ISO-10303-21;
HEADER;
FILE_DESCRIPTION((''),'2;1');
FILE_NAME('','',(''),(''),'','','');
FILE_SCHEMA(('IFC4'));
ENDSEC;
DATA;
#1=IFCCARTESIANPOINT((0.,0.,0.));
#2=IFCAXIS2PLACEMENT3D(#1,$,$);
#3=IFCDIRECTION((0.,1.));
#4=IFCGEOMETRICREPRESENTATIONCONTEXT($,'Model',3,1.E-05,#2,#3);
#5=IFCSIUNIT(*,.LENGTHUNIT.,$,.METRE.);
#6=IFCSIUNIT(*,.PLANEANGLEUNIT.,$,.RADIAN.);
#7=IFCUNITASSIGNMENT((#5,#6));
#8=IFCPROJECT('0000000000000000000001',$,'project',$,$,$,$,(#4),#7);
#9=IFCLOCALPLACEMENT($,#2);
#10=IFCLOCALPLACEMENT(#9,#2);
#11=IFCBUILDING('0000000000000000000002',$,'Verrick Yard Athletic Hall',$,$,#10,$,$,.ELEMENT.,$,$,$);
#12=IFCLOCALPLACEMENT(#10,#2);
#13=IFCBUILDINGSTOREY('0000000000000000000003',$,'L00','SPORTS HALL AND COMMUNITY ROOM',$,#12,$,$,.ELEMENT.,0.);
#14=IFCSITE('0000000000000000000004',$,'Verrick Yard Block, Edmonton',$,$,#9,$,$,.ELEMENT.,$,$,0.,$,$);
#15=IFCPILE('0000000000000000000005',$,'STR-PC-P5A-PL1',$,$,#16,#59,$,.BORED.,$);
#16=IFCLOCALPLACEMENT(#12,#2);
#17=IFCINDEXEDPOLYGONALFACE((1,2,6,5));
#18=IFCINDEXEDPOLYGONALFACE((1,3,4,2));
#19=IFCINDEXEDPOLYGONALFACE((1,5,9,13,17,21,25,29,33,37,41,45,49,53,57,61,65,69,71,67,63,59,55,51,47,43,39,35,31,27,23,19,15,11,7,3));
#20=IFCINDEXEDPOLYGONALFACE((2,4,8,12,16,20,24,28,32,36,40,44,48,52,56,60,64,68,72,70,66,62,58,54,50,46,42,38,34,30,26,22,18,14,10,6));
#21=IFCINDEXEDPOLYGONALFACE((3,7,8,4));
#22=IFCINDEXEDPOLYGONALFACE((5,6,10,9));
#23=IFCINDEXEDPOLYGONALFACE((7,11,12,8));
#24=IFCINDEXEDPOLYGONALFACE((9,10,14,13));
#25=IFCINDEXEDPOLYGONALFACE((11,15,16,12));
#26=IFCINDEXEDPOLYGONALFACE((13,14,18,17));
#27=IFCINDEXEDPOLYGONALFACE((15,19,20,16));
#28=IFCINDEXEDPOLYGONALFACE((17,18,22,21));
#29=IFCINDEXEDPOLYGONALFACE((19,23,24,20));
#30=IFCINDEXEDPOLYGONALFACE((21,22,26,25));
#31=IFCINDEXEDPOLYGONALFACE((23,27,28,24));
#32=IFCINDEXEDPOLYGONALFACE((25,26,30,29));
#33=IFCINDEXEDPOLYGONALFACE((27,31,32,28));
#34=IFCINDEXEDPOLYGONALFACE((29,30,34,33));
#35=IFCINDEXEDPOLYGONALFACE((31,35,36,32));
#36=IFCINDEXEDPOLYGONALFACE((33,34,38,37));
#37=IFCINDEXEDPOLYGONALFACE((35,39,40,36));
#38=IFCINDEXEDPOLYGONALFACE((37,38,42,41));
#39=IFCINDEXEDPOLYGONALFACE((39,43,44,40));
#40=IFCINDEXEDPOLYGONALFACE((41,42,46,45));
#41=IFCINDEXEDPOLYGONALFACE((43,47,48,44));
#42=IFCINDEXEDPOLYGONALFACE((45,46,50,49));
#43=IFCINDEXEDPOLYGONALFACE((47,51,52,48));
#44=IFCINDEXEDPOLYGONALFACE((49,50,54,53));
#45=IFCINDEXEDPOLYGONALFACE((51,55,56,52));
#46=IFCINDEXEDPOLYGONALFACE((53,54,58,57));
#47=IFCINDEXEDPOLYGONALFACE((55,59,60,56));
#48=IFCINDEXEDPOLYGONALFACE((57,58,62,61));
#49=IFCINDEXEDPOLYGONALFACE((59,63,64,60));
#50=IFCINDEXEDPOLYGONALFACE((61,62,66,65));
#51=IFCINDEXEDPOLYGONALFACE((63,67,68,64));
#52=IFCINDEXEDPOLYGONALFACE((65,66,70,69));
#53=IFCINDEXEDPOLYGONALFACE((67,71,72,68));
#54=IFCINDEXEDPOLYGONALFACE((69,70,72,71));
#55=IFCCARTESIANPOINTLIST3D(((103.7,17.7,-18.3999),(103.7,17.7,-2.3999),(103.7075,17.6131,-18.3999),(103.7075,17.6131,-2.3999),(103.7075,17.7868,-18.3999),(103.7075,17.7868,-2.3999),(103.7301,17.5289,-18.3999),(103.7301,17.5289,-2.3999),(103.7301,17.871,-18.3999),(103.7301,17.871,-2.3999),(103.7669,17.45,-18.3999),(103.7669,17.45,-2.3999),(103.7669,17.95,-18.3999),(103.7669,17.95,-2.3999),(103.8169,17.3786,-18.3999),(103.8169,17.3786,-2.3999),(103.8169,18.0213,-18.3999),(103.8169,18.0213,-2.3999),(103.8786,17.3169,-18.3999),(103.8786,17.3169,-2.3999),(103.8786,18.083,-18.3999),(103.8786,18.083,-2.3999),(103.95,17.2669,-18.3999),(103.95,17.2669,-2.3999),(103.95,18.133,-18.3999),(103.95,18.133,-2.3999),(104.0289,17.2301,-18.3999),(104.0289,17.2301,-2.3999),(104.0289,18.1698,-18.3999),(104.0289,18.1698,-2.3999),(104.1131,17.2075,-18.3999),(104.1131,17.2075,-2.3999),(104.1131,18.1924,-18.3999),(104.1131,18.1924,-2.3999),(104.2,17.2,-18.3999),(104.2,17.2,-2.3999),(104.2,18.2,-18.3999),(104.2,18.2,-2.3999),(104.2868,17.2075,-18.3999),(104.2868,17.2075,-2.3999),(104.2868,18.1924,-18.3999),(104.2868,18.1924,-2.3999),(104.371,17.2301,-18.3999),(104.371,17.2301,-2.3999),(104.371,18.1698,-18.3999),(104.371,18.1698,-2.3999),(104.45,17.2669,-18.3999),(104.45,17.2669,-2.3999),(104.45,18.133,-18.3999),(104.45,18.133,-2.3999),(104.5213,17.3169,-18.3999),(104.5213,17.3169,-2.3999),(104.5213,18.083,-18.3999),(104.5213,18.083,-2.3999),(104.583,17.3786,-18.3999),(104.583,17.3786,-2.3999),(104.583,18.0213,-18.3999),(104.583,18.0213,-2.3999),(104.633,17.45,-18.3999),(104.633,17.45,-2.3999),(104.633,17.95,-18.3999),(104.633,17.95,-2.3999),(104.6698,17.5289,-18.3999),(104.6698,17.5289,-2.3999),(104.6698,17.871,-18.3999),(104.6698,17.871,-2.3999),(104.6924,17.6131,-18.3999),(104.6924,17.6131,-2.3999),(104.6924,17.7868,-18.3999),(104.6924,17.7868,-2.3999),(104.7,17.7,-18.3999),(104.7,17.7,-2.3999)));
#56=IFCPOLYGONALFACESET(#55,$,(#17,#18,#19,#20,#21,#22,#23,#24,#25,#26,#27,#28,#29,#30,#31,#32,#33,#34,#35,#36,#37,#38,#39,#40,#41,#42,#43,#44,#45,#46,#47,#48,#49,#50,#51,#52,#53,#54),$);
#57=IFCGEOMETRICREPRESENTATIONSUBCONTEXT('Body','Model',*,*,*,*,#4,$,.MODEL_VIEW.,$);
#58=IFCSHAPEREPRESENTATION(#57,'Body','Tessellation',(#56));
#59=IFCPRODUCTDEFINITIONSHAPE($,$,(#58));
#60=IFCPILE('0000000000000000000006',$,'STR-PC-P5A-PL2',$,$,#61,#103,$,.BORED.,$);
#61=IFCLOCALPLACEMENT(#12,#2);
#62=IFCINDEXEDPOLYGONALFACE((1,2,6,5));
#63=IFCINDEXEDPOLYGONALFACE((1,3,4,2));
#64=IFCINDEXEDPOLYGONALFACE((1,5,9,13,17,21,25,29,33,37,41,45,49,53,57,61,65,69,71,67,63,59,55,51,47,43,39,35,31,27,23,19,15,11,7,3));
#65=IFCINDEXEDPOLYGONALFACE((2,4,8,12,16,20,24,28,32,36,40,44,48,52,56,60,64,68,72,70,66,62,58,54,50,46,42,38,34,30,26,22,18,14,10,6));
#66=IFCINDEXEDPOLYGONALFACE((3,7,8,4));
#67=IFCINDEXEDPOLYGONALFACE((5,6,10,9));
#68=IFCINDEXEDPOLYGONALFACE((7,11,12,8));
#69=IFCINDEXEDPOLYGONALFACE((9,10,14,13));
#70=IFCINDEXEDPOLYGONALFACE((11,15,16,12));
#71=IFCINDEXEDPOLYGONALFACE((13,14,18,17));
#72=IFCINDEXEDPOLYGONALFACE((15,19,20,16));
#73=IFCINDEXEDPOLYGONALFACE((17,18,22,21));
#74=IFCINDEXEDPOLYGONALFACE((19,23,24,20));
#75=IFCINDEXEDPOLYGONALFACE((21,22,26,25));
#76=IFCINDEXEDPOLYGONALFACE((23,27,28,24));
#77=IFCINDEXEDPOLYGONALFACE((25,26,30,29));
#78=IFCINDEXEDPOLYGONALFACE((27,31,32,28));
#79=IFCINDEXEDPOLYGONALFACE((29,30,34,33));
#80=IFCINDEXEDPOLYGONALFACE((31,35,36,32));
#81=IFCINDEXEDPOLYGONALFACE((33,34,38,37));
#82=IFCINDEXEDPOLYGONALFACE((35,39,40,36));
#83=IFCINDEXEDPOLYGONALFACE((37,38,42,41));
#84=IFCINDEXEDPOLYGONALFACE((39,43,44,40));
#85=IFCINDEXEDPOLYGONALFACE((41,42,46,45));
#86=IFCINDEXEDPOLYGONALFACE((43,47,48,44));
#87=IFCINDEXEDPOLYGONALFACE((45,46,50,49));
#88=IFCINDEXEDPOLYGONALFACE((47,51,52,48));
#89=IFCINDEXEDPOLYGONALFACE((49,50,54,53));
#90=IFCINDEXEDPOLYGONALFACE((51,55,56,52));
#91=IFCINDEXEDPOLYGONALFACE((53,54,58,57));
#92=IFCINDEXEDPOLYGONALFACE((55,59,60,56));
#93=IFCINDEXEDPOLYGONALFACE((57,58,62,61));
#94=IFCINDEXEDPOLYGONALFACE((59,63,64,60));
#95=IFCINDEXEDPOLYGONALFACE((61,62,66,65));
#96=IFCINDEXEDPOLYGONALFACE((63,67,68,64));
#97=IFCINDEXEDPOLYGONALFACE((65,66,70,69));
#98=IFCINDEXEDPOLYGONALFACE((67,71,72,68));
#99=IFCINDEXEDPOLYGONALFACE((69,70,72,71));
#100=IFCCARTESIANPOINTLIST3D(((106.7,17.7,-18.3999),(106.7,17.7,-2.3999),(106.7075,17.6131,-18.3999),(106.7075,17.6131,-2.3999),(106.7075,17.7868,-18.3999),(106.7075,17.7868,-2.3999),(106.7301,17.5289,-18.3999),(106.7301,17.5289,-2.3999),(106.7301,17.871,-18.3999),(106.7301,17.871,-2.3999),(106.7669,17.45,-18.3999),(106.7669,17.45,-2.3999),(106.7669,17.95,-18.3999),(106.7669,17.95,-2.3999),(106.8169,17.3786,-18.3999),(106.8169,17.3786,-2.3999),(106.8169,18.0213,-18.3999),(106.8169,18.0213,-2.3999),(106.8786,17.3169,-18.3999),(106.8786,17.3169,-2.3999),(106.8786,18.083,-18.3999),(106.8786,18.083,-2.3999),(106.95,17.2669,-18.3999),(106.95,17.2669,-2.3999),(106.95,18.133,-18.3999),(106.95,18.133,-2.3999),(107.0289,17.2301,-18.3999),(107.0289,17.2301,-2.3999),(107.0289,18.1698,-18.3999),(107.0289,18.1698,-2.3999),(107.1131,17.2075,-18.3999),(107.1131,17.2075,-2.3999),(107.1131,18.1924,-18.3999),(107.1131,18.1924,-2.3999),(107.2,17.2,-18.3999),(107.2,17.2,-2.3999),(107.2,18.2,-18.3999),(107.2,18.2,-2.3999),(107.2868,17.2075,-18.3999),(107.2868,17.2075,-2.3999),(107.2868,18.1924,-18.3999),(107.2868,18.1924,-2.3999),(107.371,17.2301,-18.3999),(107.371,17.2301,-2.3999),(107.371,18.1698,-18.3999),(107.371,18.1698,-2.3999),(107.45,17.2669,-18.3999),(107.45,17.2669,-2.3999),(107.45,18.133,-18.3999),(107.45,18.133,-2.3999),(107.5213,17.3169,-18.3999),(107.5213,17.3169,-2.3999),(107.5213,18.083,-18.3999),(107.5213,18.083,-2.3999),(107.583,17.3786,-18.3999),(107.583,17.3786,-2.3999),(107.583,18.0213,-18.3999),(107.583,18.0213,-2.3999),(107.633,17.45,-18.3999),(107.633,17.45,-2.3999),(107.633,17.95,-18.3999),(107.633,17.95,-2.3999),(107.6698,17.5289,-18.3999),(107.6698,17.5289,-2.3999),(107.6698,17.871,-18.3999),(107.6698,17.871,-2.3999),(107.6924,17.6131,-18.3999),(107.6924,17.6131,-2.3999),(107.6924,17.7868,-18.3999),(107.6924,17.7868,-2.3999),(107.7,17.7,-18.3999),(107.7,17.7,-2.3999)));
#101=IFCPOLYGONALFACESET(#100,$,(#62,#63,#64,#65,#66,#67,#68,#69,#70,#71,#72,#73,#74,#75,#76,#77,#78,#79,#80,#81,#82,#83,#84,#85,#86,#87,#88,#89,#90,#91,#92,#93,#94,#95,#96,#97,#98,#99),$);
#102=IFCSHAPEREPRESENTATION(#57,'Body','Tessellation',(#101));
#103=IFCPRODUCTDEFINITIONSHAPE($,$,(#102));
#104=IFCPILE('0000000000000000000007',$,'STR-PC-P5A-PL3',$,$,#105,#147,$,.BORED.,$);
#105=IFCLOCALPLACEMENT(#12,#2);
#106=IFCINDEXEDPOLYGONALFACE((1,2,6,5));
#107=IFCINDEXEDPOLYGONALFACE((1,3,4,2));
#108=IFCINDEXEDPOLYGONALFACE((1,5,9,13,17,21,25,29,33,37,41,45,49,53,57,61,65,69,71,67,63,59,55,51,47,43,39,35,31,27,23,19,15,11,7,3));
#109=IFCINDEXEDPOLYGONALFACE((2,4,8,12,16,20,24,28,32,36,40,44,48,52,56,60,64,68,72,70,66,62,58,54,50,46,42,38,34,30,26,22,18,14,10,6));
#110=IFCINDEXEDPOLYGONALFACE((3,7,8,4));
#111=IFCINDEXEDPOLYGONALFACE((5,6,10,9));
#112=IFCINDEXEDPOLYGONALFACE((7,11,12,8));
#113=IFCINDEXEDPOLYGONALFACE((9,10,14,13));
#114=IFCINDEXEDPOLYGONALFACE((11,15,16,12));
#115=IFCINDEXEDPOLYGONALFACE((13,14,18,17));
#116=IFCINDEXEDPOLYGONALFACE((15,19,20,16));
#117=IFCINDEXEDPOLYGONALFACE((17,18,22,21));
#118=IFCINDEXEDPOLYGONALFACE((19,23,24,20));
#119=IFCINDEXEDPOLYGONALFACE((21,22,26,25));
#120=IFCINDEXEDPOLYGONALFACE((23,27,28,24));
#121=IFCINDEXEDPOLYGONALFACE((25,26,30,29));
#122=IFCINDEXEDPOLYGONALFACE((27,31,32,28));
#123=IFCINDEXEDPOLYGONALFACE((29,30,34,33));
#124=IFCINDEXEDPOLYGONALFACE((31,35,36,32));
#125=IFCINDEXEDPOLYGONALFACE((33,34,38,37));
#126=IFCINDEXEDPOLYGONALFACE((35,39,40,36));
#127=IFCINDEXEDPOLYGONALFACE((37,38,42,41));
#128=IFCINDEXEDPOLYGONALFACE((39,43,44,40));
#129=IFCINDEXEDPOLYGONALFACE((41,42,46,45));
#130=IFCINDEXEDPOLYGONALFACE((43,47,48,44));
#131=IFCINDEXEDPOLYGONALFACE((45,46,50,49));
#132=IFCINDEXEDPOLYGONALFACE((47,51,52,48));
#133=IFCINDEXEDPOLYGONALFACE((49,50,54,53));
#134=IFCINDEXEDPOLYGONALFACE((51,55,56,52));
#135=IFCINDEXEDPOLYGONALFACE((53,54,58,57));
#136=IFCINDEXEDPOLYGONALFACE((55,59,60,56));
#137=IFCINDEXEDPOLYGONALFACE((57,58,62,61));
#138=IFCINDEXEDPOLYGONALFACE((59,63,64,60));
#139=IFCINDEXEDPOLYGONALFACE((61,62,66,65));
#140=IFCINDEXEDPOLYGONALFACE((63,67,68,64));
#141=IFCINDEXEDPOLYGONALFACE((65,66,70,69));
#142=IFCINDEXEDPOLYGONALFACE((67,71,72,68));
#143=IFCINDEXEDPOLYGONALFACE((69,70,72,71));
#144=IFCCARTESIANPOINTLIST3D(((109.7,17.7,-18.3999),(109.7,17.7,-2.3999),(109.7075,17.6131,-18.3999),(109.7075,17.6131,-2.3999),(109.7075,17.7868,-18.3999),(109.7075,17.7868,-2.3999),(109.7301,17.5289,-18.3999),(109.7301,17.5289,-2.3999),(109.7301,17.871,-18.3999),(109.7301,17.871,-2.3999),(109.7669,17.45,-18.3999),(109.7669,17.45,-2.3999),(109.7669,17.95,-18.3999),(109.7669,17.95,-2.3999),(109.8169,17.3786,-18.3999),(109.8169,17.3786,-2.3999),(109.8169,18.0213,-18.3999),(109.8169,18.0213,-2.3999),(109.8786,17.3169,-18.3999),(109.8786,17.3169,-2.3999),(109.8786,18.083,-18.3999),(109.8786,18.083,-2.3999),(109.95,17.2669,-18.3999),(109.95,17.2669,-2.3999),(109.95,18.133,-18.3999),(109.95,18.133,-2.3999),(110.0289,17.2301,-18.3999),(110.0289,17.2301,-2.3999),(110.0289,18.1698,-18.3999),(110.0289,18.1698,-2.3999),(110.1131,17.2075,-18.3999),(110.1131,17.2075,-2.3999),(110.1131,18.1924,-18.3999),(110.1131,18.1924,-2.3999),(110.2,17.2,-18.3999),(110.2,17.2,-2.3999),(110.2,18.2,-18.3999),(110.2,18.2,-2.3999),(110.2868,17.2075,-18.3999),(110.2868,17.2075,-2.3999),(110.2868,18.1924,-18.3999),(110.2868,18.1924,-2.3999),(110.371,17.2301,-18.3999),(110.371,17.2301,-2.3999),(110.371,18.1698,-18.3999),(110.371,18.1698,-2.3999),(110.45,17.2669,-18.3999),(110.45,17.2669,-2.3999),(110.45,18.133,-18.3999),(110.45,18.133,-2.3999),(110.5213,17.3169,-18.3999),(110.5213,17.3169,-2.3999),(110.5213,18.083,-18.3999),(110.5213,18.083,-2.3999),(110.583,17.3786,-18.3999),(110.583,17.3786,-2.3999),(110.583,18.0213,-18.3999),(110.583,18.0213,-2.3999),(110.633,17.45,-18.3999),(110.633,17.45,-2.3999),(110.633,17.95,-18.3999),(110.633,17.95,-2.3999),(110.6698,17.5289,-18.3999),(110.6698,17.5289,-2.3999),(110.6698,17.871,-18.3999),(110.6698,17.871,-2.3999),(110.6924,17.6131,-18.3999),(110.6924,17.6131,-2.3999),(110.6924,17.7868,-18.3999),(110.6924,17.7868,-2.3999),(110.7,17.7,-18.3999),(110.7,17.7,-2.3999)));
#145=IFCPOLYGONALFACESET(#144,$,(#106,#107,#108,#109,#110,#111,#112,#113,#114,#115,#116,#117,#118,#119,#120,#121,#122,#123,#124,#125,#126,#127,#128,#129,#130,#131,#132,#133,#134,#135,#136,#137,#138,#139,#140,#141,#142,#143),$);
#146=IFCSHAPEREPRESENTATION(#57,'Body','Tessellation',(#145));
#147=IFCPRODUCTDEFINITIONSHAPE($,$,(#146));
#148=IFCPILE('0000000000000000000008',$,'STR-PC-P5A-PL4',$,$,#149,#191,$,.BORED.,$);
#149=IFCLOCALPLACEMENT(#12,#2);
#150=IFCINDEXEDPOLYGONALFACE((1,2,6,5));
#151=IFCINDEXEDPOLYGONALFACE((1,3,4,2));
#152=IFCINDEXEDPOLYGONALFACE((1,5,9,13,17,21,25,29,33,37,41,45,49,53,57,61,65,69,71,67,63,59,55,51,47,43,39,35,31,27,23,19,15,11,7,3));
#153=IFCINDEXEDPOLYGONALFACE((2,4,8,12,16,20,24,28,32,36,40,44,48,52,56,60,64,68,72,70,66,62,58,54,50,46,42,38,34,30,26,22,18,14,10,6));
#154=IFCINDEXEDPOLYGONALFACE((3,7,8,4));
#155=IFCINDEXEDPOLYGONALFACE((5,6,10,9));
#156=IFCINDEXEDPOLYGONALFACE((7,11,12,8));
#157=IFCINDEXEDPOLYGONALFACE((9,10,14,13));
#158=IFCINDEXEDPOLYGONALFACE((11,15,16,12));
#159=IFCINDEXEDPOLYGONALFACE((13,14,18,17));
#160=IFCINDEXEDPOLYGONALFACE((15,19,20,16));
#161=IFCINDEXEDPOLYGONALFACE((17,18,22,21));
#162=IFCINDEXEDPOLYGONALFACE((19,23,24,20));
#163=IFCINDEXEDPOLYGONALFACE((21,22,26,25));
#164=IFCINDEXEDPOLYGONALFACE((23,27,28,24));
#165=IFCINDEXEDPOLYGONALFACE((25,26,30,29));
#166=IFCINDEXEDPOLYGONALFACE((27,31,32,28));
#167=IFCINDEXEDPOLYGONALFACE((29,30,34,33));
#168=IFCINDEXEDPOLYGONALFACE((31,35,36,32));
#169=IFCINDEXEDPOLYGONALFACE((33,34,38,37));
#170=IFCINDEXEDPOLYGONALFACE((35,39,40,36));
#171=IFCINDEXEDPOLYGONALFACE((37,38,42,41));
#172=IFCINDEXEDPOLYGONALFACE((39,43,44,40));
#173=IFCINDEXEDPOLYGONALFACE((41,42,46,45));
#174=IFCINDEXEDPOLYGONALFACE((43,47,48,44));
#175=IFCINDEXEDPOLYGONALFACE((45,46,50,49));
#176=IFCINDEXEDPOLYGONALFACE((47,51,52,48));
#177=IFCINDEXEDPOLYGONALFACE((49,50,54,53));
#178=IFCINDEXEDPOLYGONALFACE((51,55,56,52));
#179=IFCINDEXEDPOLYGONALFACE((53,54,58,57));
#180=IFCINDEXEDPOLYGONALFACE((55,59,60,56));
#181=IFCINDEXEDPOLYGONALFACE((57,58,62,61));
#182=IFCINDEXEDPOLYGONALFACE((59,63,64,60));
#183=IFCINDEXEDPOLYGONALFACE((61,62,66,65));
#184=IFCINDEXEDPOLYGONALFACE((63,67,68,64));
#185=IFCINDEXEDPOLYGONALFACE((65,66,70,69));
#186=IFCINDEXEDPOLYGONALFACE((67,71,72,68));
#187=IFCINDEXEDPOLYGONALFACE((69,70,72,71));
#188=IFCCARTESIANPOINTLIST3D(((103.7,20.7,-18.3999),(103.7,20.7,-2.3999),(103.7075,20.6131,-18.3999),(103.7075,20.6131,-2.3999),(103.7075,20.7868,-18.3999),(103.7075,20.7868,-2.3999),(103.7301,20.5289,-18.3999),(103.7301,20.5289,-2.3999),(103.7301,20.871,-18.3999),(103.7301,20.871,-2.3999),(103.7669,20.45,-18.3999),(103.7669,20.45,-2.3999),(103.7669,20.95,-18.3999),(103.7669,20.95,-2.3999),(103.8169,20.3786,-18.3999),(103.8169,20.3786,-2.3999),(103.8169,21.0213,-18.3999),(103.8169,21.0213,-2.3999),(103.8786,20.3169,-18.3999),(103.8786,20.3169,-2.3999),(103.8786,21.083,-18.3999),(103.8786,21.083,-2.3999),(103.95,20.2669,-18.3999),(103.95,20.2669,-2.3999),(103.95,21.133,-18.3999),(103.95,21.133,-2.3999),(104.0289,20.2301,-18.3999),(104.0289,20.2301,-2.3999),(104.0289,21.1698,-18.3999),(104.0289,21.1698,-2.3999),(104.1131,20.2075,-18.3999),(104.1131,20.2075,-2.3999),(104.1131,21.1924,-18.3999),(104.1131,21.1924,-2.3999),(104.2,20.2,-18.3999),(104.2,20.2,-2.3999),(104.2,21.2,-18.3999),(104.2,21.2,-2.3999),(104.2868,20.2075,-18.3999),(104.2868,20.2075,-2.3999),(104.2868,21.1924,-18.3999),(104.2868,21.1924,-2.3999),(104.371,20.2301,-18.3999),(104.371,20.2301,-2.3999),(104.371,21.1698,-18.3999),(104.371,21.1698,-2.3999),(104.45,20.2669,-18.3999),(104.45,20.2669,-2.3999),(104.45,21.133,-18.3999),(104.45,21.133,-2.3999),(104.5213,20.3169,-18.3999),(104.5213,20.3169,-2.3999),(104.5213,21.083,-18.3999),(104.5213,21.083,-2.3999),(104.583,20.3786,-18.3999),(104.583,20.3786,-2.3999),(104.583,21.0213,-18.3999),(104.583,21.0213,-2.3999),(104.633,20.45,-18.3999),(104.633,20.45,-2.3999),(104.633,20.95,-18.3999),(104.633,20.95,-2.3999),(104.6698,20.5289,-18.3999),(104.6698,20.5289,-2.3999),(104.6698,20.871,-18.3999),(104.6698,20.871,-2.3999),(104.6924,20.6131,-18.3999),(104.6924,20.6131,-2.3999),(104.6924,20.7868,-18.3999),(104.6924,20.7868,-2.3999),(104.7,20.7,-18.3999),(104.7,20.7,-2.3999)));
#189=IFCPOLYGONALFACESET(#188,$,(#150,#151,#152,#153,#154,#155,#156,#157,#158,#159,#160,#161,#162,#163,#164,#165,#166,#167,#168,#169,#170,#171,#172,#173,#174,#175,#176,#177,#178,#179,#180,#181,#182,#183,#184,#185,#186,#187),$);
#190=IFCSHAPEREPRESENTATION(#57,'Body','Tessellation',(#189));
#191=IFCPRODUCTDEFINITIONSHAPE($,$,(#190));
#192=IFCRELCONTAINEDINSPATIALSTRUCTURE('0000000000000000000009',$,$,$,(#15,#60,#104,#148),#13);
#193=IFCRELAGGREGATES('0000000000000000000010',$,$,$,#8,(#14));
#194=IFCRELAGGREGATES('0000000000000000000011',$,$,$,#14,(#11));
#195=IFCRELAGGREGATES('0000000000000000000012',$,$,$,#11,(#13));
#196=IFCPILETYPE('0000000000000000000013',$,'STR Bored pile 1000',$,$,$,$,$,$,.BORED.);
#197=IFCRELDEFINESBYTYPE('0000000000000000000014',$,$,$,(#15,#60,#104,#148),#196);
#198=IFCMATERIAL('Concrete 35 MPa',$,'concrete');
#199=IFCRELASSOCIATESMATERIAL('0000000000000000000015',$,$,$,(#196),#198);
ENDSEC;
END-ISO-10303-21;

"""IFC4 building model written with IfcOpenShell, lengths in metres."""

from ifc_helpers import new_model, si_unit, direction, frame, origin, origin_2d, place, context, subcontext, project, spatial, circle, extrude, material, type_object, element, save


model = new_model("IFC4")

# Units and contexts
model_context = context("Model", 3, precision=1e-05, world=origin(), true_north=direction((0.0, 1.0)))
body_context = subcontext(model_context, "Body", "Model", "MODEL_VIEW")
ifc_project = project(units=[si_unit("LENGTHUNIT", "METRE"), si_unit("PLANEANGLEUNIT", "RADIAN")], contexts=[model_context])

# Site, building, storey
site_placement = place(None, origin())
site = spatial("IfcSite", under=ifc_project, at=site_placement, Name="Verrick Yard Block, Edmonton", CompositionType="ELEMENT", RefElevation=0.0)
building_placement = place(site_placement, origin())
building = spatial("IfcBuilding", under=site, at=building_placement, Name="Verrick Yard Athletic Hall", CompositionType="ELEMENT")
storey_placement = place(building_placement, origin())
storey = spatial("IfcBuildingStorey", under=building, at=storey_placement, Name="L00", Description="SPORTS HALL AND COMMUNITY ROOM", CompositionType="ELEMENT", Elevation=0.0)

# Piles
ifc_material_1 = material(Name="Concrete 35 MPa", Category="concrete")
pile_type_1 = type_object("IfcPileType", Name="STR Bored pile 1000", PredefinedType="BORED", material=ifc_material_1)
for number, where, z_axis, x_axis, name in (
    (1, (104.2, 17.7, -2.3999), (0.0, 0.0, -1.0), (1.0, 0.0, 0.0), "STR-PC-P5A-PL1"),
    (2, (107.2, 17.7, -2.3999), (0.0, 0.0, -1.0), (1.0, 0.0, 0.0), "STR-PC-P5A-PL2"),
    (3, (110.2, 17.7, -2.3999), (0.0, 0.0, -1.0), (1.0, 0.0, 0.0), "STR-PC-P5A-PL3"),
    (4, (104.2, 20.7, -2.3999), (0.0, 0.0, -1.0), (1.0, 0.0, 0.0), "STR-PC-P5A-PL4"),
):
    element("IfcPile", number, at=place(storey_placement, frame(where, z_axis=z_axis, x_axis=x_axis)), inside=storey, type_object=pile_type_1, Name=name, PredefinedType="BORED", context=body_context, shape_type="SweptSolid", body=[
        extrude(circle(Radius=0.5, at=origin_2d()), origin(), (0.0, 0.0, 1.0), 16.0),
    ])

save(model, "model.ifc")
